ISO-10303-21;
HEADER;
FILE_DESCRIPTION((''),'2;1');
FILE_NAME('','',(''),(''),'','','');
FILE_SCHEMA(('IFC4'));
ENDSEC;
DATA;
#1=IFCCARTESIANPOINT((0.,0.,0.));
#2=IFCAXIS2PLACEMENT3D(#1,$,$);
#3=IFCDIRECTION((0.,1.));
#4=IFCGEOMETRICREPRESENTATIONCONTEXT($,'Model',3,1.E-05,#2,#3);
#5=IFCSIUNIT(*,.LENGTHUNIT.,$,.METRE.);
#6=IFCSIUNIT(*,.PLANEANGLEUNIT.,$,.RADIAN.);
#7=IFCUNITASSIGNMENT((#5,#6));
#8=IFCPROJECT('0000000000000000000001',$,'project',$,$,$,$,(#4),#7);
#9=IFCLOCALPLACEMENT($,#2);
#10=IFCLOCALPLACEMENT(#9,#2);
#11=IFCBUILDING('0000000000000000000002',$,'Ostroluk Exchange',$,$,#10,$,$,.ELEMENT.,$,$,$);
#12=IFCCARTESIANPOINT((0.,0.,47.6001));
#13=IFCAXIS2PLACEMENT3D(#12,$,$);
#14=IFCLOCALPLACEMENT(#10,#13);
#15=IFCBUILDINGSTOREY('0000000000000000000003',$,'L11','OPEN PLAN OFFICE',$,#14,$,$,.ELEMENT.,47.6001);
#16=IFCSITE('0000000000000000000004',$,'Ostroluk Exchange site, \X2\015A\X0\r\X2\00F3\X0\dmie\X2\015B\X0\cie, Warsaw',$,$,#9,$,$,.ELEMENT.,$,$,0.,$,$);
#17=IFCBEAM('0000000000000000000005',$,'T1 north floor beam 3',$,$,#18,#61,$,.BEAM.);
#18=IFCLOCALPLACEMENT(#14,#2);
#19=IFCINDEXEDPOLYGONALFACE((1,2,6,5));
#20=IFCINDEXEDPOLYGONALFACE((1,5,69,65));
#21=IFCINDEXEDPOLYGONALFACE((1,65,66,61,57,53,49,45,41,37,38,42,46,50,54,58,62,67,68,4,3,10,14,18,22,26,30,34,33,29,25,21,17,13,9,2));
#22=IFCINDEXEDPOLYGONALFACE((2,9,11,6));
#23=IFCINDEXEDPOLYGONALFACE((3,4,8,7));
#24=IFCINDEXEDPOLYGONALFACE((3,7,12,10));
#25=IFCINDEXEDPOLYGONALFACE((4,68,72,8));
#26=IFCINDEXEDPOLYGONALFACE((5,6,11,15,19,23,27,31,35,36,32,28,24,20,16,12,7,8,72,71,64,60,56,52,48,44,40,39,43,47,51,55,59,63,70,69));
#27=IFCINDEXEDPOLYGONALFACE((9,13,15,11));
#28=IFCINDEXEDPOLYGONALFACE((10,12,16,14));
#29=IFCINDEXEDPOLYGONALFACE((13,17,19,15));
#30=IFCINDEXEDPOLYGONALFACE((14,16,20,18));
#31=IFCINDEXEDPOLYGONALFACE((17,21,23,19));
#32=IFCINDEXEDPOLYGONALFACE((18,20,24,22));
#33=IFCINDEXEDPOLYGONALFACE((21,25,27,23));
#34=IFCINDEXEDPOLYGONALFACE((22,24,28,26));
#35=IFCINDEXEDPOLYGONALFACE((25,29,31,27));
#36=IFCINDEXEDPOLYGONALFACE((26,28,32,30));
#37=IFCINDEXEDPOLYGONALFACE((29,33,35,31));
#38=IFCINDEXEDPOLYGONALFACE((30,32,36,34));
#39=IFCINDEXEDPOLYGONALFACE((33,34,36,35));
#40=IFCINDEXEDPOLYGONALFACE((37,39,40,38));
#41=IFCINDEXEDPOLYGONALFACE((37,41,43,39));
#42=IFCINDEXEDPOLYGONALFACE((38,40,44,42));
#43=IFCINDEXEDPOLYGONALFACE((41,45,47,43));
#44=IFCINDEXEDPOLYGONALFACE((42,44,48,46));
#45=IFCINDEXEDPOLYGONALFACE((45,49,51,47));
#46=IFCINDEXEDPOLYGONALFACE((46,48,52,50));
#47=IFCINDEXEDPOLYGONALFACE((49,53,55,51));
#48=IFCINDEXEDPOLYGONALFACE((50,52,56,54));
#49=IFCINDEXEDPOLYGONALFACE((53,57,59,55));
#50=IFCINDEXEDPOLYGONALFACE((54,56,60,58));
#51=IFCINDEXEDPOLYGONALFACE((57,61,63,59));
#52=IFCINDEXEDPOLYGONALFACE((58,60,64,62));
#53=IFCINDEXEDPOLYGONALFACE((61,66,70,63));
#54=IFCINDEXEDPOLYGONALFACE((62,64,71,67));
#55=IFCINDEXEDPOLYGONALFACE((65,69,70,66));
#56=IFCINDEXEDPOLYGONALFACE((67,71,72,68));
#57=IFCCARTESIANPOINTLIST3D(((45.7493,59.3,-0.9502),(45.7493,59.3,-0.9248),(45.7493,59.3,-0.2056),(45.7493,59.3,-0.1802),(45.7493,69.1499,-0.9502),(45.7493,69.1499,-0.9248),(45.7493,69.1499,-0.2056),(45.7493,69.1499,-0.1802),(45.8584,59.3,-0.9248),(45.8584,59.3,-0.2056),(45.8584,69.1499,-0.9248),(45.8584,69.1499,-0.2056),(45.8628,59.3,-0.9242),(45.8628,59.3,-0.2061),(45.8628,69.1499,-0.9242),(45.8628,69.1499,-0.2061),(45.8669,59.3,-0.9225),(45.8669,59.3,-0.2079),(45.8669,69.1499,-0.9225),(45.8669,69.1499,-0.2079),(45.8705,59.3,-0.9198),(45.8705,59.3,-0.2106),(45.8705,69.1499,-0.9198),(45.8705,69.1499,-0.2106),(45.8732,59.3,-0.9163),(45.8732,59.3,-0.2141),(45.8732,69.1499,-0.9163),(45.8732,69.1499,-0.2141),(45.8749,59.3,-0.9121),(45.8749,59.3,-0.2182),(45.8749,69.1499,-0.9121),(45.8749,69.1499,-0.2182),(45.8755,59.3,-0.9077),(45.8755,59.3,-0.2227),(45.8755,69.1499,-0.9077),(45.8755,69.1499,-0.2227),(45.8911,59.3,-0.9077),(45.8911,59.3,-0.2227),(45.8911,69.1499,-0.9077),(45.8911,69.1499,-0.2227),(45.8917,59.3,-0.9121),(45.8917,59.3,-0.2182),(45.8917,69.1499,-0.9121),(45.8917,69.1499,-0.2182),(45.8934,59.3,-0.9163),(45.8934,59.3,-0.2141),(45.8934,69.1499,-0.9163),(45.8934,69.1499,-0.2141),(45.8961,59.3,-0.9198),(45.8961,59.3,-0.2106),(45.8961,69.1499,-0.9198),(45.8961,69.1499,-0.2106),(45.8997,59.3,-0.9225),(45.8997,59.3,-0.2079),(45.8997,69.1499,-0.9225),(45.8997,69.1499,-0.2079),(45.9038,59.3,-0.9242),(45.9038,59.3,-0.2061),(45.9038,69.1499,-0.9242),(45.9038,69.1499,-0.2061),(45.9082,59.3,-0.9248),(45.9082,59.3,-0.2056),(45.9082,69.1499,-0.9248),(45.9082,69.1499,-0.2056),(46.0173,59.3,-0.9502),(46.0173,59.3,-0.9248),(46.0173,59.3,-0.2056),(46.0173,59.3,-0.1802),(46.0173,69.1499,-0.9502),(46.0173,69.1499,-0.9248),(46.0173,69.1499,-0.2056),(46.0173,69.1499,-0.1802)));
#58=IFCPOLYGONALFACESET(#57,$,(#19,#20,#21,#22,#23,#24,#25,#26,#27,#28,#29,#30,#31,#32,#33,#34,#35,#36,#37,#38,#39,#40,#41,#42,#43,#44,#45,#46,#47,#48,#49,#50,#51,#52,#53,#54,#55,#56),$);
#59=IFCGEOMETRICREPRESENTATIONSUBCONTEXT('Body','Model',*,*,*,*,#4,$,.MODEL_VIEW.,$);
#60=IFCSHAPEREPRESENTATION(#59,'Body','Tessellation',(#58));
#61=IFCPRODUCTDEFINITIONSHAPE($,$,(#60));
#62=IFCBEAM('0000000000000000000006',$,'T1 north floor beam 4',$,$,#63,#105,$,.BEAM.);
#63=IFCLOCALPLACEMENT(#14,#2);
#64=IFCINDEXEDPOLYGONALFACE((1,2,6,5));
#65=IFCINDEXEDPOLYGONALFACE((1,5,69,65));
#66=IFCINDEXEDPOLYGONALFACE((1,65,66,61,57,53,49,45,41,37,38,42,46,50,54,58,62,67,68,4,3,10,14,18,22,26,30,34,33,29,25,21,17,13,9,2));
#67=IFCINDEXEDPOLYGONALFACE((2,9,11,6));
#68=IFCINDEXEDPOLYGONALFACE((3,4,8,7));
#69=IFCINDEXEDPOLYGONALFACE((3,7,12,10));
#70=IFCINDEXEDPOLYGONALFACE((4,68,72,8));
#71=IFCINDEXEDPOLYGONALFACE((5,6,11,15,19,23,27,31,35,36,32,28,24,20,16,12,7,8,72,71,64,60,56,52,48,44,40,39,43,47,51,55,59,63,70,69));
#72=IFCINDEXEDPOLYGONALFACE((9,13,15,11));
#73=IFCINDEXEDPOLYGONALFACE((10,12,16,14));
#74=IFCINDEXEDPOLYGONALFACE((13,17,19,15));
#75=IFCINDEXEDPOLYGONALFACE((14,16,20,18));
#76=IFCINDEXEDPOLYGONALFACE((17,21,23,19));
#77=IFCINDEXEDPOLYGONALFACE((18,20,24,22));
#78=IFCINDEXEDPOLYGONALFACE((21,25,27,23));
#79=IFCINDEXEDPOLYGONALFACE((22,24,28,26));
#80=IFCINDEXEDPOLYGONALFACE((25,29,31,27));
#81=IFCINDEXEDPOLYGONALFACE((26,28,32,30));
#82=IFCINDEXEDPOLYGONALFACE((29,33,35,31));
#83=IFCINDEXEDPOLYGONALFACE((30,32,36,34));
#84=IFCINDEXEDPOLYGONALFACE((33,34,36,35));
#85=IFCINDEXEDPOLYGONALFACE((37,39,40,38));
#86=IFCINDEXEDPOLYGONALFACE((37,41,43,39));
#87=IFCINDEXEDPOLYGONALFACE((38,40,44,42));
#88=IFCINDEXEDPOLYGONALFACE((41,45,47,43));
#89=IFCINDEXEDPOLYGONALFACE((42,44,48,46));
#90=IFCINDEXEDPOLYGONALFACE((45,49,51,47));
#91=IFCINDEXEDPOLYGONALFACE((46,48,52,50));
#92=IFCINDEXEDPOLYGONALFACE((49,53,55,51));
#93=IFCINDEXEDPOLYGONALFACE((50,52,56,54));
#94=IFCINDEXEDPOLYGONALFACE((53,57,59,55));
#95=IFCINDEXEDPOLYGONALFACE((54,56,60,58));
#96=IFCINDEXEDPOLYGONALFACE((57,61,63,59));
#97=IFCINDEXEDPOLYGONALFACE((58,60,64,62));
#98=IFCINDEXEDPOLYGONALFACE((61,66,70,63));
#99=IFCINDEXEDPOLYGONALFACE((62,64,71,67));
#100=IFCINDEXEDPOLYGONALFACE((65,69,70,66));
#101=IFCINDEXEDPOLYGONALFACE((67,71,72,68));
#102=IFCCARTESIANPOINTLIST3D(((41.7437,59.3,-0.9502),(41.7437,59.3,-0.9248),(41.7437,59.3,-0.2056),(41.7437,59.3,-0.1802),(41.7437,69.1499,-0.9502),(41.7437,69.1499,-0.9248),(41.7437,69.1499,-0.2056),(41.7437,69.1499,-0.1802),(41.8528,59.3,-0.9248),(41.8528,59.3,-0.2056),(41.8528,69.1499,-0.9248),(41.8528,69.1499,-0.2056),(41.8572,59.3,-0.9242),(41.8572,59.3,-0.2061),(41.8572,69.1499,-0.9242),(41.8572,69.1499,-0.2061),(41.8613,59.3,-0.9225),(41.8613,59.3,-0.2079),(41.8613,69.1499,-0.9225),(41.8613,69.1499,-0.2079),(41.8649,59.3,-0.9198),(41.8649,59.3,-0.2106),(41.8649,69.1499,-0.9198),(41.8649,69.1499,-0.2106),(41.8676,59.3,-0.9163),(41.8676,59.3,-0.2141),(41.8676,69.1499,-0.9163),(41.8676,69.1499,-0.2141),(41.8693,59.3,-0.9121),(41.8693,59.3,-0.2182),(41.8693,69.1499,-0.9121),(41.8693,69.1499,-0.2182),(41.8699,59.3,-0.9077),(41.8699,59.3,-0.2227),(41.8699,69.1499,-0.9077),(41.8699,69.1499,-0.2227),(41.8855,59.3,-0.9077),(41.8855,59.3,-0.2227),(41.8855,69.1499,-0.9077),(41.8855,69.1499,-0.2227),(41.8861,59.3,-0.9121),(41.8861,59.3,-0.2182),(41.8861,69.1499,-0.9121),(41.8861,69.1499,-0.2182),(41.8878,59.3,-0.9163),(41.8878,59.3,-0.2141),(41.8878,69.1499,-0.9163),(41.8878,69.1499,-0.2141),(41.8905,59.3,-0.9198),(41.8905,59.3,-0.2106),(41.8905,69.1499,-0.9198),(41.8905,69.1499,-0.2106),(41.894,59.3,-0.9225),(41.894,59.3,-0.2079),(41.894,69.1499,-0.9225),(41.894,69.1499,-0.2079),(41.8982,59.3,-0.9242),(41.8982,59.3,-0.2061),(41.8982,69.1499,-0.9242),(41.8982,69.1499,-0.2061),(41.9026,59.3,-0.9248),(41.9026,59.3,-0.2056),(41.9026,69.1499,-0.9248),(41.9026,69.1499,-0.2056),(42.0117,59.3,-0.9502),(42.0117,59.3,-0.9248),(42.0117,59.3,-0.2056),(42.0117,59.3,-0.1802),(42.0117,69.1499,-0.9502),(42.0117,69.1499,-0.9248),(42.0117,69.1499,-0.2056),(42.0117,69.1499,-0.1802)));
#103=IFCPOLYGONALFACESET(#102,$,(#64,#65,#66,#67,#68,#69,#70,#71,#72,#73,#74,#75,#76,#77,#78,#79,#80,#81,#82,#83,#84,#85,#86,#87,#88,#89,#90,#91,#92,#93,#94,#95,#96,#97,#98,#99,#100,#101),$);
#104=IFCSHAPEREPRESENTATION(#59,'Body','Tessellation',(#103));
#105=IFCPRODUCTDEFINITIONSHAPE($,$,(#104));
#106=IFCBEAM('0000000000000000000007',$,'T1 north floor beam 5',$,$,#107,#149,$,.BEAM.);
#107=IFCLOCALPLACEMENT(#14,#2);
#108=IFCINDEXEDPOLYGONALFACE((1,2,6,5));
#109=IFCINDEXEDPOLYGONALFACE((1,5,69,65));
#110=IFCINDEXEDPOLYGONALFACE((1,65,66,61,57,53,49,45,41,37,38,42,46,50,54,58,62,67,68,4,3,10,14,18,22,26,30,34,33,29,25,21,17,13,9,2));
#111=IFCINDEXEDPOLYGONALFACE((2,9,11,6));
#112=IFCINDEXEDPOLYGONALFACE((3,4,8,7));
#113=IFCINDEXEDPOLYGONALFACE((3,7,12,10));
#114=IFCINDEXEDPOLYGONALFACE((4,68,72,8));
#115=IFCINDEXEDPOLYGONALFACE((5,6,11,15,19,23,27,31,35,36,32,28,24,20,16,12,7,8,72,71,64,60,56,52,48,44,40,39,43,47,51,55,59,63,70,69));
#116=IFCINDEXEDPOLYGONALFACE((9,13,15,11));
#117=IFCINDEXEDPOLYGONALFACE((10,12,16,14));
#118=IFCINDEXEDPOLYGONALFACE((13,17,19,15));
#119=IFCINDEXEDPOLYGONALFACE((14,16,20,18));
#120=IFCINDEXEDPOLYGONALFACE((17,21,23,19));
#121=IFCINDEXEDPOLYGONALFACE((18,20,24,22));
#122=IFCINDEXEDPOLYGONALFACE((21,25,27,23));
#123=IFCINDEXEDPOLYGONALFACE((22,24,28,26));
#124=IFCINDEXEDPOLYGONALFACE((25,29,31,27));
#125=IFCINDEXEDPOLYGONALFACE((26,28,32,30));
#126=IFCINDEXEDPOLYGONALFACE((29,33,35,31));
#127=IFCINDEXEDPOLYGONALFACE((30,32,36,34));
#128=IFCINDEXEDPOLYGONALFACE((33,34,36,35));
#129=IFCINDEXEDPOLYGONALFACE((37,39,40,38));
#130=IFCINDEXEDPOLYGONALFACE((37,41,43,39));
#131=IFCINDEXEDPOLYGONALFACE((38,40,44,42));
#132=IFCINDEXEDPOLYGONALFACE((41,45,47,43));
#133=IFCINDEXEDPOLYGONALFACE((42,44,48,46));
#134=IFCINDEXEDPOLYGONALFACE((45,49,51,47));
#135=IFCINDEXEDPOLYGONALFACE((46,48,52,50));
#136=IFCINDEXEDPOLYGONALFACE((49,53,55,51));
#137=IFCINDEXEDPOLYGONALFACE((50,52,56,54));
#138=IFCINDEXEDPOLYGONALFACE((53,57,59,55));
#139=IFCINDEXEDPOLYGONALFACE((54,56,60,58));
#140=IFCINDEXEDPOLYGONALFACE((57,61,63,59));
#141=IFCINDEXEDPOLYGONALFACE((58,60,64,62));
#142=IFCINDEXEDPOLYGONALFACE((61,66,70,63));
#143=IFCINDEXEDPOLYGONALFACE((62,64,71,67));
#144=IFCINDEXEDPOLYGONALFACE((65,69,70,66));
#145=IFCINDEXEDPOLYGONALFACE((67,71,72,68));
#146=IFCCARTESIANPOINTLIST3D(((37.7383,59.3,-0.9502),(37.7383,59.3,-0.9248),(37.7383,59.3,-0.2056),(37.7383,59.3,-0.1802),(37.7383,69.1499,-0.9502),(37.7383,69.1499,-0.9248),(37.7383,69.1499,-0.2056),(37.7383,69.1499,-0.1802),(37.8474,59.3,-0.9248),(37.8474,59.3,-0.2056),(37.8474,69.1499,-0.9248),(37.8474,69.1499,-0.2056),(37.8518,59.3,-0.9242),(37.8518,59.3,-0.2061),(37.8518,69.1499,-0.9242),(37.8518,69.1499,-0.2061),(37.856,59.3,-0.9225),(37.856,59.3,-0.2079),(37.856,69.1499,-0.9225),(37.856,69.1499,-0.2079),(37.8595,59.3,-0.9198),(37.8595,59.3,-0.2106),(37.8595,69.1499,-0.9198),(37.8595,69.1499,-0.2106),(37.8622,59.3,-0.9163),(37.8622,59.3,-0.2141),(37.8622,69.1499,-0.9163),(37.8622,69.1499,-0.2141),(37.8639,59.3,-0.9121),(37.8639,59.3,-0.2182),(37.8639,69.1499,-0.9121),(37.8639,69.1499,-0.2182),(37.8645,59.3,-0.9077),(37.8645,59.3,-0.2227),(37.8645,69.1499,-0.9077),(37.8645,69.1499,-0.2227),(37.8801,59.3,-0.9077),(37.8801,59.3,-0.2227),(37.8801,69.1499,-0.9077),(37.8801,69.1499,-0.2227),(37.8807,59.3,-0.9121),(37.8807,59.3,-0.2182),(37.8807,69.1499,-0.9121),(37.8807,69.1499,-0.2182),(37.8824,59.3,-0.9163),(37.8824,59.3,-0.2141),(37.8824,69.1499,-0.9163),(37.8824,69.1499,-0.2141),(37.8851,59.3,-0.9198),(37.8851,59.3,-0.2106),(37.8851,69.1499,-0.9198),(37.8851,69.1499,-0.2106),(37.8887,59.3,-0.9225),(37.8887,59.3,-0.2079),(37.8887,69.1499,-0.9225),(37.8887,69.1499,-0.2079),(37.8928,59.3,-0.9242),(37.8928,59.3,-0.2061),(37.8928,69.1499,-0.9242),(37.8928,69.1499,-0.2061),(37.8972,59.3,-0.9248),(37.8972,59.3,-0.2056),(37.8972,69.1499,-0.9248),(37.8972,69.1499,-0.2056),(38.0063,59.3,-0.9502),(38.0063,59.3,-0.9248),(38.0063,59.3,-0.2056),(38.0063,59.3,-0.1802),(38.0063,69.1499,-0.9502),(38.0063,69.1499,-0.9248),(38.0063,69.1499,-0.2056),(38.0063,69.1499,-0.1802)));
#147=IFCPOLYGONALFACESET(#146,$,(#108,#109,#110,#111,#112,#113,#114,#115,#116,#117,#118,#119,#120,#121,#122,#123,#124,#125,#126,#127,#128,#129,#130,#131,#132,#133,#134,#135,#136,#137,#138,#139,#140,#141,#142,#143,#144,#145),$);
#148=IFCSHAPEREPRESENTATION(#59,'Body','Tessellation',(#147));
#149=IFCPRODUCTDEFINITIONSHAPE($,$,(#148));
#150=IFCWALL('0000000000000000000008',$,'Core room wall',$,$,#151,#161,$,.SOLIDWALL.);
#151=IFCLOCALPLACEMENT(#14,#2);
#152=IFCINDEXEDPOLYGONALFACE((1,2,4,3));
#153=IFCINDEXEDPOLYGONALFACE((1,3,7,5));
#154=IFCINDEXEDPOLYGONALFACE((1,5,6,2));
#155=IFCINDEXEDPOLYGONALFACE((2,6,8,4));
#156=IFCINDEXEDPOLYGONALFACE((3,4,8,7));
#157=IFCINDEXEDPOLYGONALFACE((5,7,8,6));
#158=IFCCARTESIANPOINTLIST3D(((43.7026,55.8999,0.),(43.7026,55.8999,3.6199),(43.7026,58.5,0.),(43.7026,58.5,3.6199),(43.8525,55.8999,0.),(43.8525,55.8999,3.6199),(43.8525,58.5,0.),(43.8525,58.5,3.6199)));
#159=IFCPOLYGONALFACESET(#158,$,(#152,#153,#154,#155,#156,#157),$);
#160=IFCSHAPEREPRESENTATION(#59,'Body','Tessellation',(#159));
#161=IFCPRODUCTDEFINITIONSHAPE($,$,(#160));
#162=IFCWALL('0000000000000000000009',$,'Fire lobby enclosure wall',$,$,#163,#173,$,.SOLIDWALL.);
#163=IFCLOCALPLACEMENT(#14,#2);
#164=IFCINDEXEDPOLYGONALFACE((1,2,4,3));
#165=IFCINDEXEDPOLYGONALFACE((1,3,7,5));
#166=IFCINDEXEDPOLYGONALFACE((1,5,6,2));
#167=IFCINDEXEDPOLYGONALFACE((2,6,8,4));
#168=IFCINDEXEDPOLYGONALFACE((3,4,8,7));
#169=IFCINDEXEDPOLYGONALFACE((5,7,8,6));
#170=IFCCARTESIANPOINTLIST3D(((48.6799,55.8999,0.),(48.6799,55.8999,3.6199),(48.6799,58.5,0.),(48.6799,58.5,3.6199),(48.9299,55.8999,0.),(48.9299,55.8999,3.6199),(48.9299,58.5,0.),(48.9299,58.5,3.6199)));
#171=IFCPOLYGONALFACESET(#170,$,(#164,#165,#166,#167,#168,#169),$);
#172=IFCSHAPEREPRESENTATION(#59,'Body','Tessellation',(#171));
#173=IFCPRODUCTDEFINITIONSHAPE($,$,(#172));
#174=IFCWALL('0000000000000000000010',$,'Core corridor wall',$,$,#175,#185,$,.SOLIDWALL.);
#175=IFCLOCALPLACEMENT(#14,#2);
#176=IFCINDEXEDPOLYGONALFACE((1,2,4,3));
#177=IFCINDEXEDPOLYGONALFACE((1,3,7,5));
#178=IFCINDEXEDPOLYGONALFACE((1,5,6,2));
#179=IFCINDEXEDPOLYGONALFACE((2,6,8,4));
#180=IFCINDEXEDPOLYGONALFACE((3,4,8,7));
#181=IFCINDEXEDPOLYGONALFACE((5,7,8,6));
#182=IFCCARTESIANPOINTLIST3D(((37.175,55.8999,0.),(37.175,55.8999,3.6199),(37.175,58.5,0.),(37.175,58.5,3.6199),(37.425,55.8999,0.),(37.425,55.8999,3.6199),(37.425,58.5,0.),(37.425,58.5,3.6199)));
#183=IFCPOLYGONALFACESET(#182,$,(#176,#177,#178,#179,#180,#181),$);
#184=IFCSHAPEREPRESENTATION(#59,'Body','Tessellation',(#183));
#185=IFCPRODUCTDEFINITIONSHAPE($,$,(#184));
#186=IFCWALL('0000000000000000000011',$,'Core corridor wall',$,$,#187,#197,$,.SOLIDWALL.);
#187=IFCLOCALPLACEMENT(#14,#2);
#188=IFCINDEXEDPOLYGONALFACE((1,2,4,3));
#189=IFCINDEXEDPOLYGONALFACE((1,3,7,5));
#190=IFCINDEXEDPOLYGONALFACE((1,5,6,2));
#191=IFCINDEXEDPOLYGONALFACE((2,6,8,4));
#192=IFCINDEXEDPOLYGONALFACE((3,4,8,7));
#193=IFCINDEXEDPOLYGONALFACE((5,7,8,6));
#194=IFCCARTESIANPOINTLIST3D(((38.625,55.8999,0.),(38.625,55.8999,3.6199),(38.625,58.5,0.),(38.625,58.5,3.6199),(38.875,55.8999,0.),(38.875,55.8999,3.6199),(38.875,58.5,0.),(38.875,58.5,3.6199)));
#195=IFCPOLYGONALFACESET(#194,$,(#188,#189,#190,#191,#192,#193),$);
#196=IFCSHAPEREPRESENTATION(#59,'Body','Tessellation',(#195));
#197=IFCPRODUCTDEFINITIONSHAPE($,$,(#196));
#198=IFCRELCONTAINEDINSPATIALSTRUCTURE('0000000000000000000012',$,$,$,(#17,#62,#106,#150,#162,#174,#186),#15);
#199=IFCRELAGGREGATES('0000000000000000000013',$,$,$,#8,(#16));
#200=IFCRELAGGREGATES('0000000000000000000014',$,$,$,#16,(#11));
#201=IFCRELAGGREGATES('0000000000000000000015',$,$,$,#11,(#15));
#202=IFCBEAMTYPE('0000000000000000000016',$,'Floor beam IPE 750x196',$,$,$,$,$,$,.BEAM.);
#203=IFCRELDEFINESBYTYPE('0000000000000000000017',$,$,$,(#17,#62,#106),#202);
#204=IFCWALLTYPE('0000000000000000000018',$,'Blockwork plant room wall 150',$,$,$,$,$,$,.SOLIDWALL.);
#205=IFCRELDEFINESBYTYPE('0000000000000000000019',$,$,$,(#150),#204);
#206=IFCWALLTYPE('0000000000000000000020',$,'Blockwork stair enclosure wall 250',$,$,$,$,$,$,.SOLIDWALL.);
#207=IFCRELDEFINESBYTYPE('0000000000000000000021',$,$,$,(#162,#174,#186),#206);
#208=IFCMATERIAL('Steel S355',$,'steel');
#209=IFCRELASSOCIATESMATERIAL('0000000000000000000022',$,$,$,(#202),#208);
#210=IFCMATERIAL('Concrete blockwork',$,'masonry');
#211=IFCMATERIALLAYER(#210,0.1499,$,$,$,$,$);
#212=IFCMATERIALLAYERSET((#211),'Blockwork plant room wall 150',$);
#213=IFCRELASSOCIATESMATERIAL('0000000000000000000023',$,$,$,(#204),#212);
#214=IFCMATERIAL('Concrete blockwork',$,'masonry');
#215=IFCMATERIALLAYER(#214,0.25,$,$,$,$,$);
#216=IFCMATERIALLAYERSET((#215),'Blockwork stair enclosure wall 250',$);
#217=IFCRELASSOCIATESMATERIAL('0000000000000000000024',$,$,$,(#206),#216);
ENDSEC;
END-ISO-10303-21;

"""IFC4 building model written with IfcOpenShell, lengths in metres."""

from ifc_helpers import new_model, si_unit, direction, frame, frame_2d, origin, origin_2d, place, context, subcontext, project, spatial, rectangle, i_section, extrude, material, layer, layer_set, material_profile, profile_set, type_object, element, save


model = new_model("IFC4")

# Units and contexts
model_context = context("Model", 3, precision=1e-05, world=origin(), true_north=direction((0.0, 1.0)))
body_context = subcontext(model_context, "Body", "Model", "MODEL_VIEW")
ifc_project = project(units=[si_unit("LENGTHUNIT", "METRE"), si_unit("PLANEANGLEUNIT", "RADIAN")], contexts=[model_context])

# Site, building, storey
site_placement = place(None, origin())
site = spatial("IfcSite", under=ifc_project, at=site_placement, Name="Ostroluk Exchange site, Śródmieście, Warsaw", CompositionType="ELEMENT", RefElevation=0.0)
building_placement = place(site_placement, origin())
building = spatial("IfcBuilding", under=site, at=building_placement, Name="Ostroluk Exchange", CompositionType="ELEMENT")
storey_placement = place(building_placement, frame((0.0, 0.0, 47.6001)))
storey = spatial("IfcBuildingStorey", under=building, at=storey_placement, Name="L11", Description="OPEN PLAN OFFICE", CompositionType="ELEMENT", Elevation=47.6001)

# Beams
ifc_material_1 = material(Name="Steel S355", Category="steel")
ifc_material_profile = material_profile(ifc_material_1, i_section(OverallWidth=0.2681, OverallDepth=0.77, WebThickness=0.0156, FlangeThickness=0.0254, FilletRadius=0.0171, at=origin_2d()), Name="IPE 750x196")
ifc_profile_set = profile_set([ifc_material_profile], Name="Steel S355")
beam_type = type_object("IfcBeamType", Name="Floor beam IPE 750x196", PredefinedType="BEAM", material=ifc_profile_set)
for number, where, z_axis, x_axis, name in (
    (1, (45.8833, 59.3, -0.5652), (0.0, 1.0, 0.0), (-1.0, 0.0, 0.0), "T1 north floor beam 3"),
    (2, (41.8777, 59.3, -0.5652), (0.0, 1.0, 0.0), (-1.0, 0.0, 0.0), "T1 north floor beam 4"),
    (3, (37.8723, 59.3, -0.5652), (0.0, 1.0, 0.0), (-1.0, 0.0, 0.0), "T1 north floor beam 5"),
):
    element("IfcBeam", number, at=place(storey_placement, frame(where, z_axis=z_axis, x_axis=x_axis)), inside=storey, type_object=beam_type, Name=name, PredefinedType="BEAM", context=body_context, shape_type="SweptSolid", body=[
        extrude(i_section(OverallWidth=0.2681, OverallDepth=0.77, WebThickness=0.0156, FlangeThickness=0.0254, FilletRadius=0.0171, at=origin_2d()), origin(), (0.0, 0.0, 1.0), 9.8499),
    ])

# Walls
ifc_material_2 = material(Name="Concrete blockwork", Category="masonry")
ifc_layer_1 = layer(ifc_material_2, 0.1499)
ifc_layer_set_1 = layer_set([ifc_layer_1], Name="Blockwork plant room wall 150")
wall_type_1 = type_object("IfcWallType", Name="Blockwork plant room wall 150", PredefinedType="SOLIDWALL", material=ifc_layer_set_1)
wall_1_placement = place(storey_placement, frame((43.7776, 55.8999, 0.0), z_axis=(0.0, 0.0, 1.0), x_axis=(0.0, 1.0, 0.0)))
element("IfcWall", 4, at=wall_1_placement, inside=storey, type_object=wall_type_1, Name="Core room wall", PredefinedType="SOLIDWALL", context=body_context, shape_type="SweptSolid", body=[
    extrude(rectangle(XDim=2.6001, YDim=0.1499, at=frame_2d((1.3, 0.0))), origin(), (0.0, 0.0, 1.0), 3.6199),
])
ifc_material_3 = material(Name="Concrete blockwork", Category="masonry")
ifc_layer_2 = layer(ifc_material_3, 0.25)
ifc_layer_set_2 = layer_set([ifc_layer_2], Name="Blockwork stair enclosure wall 250")
wall_type_2 = type_object("IfcWallType", Name="Blockwork stair enclosure wall 250", PredefinedType="SOLIDWALL", material=ifc_layer_set_2)
for number, where, z_axis, x_axis, name in (
    (5, (48.8049, 55.8999, 0.0), (0.0, 0.0, 1.0), (0.0, 1.0, 0.0), "Fire lobby enclosure wall"),
    (6, (37.3, 55.8999, 0.0), (0.0, 0.0, 1.0), (0.0, 1.0, 0.0), "Core corridor wall"),
    (7, (38.75, 55.8999, 0.0), (0.0, 0.0, 1.0), (0.0, 1.0, 0.0), "Core corridor wall"),
):
    element("IfcWall", number, at=place(storey_placement, frame(where, z_axis=z_axis, x_axis=x_axis)), inside=storey, type_object=wall_type_2, Name=name, PredefinedType="SOLIDWALL", context=body_context, shape_type="SweptSolid", body=[
        extrude(rectangle(XDim=2.6001, YDim=0.25, at=frame_2d((1.3, 0.0))), origin(), (0.0, 0.0, 1.0), 3.6199),
    ])

save(model, "model.ifc")
